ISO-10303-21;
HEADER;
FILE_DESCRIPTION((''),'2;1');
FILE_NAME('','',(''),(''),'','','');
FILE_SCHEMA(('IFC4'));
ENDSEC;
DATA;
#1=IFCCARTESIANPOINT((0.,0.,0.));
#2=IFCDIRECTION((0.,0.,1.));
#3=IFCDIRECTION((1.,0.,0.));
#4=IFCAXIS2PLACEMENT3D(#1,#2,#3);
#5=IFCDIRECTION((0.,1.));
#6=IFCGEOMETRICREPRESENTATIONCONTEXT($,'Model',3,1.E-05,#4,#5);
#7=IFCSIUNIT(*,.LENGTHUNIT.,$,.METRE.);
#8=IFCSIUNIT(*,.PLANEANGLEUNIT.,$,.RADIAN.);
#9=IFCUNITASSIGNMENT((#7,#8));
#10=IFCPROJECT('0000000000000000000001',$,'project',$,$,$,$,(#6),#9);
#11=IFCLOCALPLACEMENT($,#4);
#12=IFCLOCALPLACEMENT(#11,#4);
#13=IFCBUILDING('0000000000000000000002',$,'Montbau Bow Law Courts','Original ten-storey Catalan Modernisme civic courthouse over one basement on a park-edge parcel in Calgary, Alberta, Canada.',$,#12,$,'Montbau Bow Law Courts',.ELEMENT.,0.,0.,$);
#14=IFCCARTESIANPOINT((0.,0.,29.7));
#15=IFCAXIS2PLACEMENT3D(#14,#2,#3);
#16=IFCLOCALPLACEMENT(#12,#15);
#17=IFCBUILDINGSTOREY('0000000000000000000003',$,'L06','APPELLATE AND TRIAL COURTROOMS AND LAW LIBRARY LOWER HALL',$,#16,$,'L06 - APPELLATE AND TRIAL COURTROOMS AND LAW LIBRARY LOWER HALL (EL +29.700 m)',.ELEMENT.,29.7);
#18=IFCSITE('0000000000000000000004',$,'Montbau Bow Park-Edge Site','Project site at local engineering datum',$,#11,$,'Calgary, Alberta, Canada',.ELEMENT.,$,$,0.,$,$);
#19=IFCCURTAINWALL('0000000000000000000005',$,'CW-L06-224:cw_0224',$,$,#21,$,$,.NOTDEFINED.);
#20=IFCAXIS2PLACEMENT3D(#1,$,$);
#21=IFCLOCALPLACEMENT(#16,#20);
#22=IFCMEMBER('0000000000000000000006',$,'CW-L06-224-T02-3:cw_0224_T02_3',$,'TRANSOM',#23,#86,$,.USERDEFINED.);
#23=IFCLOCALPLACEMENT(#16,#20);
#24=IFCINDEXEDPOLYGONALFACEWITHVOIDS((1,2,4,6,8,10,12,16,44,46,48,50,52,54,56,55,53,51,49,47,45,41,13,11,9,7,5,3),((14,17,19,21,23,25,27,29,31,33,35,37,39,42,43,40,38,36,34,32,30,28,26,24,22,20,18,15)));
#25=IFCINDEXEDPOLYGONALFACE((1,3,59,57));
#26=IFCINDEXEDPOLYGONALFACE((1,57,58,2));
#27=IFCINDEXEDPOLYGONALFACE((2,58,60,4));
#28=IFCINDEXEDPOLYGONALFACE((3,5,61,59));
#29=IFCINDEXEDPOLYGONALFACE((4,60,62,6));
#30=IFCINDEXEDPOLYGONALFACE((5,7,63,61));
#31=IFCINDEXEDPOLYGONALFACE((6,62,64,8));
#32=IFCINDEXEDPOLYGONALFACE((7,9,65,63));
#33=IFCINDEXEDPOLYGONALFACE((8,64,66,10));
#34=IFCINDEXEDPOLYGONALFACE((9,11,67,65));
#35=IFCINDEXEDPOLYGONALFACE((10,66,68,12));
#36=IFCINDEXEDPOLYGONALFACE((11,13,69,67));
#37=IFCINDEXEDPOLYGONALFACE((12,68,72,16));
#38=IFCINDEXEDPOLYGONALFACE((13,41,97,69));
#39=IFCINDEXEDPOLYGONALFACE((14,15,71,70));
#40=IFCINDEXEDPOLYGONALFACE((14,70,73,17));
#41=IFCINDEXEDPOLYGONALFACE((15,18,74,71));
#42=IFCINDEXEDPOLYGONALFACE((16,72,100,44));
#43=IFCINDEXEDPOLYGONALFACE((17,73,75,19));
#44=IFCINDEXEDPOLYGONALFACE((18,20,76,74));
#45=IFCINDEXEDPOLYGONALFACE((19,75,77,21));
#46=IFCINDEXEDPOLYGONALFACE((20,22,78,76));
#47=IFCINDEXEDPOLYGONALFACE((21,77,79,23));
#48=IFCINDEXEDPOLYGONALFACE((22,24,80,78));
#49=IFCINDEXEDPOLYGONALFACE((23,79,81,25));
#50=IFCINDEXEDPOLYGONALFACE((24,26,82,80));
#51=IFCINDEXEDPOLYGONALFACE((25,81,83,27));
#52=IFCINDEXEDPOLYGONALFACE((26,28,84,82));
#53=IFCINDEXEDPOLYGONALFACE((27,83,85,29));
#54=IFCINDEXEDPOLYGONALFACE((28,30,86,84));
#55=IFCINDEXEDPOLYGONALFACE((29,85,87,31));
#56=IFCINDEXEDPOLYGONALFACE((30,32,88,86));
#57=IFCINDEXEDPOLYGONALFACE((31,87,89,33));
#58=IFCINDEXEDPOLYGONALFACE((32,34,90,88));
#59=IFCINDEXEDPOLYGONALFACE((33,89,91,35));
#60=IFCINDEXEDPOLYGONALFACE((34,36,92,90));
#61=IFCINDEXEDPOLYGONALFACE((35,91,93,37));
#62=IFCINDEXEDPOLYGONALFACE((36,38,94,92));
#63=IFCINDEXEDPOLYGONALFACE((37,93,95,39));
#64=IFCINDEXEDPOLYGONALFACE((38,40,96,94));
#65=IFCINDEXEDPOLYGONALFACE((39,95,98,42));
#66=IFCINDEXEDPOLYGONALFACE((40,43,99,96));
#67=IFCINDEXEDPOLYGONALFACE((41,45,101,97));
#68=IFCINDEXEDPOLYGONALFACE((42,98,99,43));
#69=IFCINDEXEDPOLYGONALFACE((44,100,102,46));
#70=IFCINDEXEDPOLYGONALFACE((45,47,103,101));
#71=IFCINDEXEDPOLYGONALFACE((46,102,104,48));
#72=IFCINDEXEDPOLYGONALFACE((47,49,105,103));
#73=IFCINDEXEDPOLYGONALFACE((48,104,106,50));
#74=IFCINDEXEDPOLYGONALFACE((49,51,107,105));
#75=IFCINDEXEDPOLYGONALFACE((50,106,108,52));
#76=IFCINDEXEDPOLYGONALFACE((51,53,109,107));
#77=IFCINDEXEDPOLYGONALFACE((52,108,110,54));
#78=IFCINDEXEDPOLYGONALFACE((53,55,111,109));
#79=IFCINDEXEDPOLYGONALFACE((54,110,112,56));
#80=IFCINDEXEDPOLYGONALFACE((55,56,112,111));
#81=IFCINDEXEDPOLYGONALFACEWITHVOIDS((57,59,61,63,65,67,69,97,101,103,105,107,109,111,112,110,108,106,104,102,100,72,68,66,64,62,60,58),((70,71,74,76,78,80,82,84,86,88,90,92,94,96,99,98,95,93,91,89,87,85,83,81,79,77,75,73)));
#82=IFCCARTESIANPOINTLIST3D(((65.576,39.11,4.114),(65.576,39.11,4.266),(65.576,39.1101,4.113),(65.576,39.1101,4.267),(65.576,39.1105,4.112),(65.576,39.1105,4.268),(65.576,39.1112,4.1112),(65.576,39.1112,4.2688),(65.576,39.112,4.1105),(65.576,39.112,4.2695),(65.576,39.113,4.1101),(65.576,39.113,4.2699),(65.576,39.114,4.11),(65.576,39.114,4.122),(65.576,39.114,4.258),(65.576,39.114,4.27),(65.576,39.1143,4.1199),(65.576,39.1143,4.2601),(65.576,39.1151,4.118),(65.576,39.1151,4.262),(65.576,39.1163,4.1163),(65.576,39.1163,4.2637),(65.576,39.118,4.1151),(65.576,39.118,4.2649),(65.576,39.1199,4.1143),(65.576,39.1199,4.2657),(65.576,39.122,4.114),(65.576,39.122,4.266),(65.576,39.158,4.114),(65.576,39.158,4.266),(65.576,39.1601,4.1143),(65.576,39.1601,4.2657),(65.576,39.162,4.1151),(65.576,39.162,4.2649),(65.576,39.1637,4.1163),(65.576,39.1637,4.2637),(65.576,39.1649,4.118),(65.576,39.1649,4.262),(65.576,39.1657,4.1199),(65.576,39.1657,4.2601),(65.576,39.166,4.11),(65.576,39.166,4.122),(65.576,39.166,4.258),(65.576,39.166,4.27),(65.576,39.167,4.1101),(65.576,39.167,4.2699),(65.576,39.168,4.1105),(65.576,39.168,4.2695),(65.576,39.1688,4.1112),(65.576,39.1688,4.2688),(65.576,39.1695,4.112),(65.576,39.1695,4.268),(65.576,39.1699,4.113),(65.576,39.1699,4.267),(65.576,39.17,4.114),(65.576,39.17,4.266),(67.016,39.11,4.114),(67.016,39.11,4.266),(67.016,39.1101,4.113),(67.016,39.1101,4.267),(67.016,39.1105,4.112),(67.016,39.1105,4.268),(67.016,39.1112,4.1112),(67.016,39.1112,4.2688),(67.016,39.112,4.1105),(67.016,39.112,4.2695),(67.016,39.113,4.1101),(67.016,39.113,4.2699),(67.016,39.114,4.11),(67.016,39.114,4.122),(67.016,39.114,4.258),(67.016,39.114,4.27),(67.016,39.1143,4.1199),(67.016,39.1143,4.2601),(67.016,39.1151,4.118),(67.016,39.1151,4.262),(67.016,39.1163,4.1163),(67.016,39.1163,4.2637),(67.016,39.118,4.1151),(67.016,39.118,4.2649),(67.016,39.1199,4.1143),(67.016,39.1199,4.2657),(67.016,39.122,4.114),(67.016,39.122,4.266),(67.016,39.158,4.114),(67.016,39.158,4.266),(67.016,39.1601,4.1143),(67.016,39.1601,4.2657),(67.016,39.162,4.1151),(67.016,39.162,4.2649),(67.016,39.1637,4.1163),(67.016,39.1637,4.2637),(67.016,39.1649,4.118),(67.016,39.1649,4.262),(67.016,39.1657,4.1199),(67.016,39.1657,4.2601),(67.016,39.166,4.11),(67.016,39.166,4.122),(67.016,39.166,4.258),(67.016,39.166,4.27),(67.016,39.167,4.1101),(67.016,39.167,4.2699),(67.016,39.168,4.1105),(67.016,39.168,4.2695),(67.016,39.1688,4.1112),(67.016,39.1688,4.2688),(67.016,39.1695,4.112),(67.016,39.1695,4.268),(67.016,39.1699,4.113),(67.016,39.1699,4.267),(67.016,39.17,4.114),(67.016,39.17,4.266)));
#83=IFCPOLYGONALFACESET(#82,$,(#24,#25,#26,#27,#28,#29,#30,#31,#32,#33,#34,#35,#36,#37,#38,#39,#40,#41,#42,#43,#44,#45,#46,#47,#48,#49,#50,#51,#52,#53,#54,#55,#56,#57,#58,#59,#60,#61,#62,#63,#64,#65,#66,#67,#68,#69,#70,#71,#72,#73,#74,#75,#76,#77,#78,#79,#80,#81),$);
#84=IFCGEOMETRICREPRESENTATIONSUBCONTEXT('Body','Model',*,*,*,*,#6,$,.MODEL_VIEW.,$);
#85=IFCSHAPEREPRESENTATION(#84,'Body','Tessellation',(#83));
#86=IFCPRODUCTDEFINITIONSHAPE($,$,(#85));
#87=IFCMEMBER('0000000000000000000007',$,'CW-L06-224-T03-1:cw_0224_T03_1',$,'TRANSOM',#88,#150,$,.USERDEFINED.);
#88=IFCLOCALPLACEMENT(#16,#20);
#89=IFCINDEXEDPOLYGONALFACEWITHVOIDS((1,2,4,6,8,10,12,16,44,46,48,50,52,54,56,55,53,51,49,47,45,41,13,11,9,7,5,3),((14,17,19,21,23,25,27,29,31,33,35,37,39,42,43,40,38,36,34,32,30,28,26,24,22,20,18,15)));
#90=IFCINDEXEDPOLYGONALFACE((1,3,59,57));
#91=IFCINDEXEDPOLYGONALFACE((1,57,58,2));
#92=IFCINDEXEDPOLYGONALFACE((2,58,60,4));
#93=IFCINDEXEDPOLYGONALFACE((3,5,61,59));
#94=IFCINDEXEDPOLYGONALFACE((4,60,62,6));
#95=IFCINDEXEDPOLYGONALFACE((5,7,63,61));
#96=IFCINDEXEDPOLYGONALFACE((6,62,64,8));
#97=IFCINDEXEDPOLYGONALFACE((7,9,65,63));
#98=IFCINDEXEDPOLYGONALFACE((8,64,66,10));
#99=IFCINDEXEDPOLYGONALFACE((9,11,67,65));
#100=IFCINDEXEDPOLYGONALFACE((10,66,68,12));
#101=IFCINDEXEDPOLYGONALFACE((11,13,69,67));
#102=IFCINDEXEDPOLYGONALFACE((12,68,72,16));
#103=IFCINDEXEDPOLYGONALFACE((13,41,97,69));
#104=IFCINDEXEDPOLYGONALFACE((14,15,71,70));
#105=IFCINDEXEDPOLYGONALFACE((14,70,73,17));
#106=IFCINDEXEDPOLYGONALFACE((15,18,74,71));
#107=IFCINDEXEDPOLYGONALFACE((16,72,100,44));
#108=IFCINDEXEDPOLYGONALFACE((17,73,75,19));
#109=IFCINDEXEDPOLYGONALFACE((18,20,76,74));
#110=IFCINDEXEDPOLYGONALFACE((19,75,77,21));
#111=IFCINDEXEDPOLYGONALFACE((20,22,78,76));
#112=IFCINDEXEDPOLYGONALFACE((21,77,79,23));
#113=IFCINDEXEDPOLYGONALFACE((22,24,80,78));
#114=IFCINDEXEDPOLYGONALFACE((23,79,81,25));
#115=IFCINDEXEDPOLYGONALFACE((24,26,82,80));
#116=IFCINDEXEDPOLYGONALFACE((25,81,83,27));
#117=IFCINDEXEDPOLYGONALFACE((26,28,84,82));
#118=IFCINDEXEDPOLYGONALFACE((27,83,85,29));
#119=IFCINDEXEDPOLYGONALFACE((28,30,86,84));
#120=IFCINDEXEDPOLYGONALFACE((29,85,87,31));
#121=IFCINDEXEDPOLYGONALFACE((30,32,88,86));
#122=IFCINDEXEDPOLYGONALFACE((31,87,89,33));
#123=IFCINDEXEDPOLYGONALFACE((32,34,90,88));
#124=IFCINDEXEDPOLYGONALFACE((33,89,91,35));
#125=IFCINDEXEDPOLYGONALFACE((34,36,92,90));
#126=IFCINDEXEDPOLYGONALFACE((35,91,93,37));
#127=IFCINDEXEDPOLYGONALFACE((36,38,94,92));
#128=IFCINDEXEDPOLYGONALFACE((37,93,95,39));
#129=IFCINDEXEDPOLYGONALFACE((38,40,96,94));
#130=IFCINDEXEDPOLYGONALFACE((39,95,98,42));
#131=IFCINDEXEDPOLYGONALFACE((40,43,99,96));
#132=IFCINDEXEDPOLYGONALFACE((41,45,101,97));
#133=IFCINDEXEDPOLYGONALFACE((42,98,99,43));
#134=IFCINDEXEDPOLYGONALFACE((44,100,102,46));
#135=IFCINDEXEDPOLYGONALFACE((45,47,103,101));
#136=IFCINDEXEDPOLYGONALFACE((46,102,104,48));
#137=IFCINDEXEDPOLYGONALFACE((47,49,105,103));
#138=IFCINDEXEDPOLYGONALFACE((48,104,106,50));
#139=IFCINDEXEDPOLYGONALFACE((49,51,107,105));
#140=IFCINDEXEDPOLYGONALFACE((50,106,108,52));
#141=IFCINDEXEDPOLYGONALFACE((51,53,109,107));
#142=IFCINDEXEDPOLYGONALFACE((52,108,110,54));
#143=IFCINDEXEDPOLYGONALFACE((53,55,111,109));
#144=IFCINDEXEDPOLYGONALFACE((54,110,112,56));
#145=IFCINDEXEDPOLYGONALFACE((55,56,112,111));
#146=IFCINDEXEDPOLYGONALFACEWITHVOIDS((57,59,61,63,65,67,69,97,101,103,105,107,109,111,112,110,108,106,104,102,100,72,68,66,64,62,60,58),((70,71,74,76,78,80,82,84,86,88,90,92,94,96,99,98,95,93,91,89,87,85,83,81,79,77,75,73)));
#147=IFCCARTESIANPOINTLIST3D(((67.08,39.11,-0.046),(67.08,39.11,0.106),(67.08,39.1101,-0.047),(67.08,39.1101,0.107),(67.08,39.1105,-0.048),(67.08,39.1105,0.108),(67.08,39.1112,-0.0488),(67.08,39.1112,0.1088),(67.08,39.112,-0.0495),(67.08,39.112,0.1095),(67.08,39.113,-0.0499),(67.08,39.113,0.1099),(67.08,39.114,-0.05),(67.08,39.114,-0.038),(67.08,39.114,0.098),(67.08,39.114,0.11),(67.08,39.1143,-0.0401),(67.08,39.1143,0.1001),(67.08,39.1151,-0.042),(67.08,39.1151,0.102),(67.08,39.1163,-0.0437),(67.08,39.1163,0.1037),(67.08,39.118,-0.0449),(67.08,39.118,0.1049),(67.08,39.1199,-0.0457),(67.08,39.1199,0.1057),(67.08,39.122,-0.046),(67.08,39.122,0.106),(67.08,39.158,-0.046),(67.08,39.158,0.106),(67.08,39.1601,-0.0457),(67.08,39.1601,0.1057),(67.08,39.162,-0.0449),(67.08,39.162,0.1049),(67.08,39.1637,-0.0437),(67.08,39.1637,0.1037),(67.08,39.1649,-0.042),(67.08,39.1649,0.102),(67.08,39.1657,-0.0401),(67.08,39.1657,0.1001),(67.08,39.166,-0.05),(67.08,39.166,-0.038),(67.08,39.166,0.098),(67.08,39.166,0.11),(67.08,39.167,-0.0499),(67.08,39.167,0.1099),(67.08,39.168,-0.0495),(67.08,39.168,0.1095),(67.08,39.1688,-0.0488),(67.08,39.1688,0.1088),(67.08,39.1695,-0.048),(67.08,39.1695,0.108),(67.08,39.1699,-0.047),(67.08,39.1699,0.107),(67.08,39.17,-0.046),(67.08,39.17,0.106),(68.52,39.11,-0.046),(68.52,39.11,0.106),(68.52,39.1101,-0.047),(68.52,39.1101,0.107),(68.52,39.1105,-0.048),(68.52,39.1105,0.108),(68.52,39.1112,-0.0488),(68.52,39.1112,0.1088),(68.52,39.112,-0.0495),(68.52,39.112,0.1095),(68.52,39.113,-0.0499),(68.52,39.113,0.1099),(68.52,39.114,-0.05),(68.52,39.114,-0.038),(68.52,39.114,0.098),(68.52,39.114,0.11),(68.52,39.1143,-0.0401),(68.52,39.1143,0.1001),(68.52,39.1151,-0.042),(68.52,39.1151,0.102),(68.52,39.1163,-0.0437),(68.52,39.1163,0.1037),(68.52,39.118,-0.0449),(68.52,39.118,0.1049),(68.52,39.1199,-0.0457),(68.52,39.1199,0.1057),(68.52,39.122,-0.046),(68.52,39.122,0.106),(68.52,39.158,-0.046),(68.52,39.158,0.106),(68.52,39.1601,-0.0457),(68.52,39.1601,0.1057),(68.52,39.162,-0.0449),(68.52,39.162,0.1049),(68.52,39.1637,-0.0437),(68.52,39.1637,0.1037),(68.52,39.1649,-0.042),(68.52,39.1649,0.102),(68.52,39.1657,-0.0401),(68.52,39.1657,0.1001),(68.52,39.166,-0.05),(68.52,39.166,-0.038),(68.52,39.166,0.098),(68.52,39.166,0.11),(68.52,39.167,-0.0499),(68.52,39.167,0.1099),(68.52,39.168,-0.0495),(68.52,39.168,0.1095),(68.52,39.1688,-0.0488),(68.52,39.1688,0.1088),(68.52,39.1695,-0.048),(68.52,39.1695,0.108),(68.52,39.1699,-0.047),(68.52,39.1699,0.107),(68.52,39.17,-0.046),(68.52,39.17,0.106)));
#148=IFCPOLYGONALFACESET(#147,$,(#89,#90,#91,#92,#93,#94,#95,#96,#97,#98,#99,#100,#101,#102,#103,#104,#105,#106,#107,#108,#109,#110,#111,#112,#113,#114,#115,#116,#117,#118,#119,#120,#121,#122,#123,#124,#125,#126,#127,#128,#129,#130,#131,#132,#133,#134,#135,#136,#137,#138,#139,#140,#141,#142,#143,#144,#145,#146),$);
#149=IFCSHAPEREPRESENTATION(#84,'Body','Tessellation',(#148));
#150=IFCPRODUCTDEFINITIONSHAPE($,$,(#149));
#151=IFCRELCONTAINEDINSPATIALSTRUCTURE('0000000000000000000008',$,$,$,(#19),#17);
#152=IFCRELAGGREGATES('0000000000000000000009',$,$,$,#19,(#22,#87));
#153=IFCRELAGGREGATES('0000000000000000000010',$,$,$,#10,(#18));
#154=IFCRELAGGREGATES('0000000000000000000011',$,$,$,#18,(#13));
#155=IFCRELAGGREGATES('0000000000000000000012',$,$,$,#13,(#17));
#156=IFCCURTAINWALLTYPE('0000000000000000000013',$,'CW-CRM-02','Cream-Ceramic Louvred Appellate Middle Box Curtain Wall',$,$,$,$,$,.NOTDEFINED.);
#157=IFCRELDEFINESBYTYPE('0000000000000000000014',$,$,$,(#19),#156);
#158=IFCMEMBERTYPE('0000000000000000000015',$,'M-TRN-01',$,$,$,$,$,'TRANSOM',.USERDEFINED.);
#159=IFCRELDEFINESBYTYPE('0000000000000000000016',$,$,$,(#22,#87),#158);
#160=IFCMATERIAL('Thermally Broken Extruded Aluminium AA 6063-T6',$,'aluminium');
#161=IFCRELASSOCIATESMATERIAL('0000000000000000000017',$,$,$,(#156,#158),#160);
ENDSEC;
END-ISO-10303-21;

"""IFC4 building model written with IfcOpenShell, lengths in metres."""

from ifc_helpers import new_model, si_unit, direction, frame, origin_with_axes, origin_2d_with_axis, place, context, subcontext, project, spatial, hollow_rectangle, extrude, material, material_profile, profile_set, type_object, element, aggregate, save


model = new_model("IFC4")

# Units and contexts
model_context = context("Model", 3, precision=1e-05, world=origin_with_axes(), true_north=direction((0.0, 1.0)))
body_context = subcontext(model_context, "Body", "Model", "MODEL_VIEW")
ifc_project = project(units=[si_unit("LENGTHUNIT", "METRE"), si_unit("PLANEANGLEUNIT", "RADIAN")], contexts=[model_context])

# Site, building, storey
site_placement = place(None, origin_with_axes())
site = spatial("IfcSite", under=ifc_project, at=site_placement, Name="Montbau Bow Park-Edge Site", Description="Project site at local engineering datum", LongName="Calgary, Alberta, Canada", CompositionType="ELEMENT", RefElevation=0.0)
building_placement = place(site_placement, origin_with_axes())
building = spatial("IfcBuilding", under=site, at=building_placement, Name="Montbau Bow Law Courts", Description="Original ten-storey Catalan Modernisme civic courthouse over one basement on a park-edge parcel in Calgary, Alberta, Canada.", LongName="Montbau Bow Law Courts", CompositionType="ELEMENT", ElevationOfRefHeight=0.0, ElevationOfTerrain=0.0)
storey_placement = place(building_placement, frame((0.0, 0.0, 29.7), z_axis=(0.0, 0.0, 1.0), x_axis=(1.0, 0.0, 0.0)))
storey = spatial("IfcBuildingStorey", under=building, at=storey_placement, Name="L06", Description="APPELLATE AND TRIAL COURTROOMS AND LAW LIBRARY LOWER HALL", LongName="L06 - APPELLATE AND TRIAL COURTROOMS AND LAW LIBRARY LOWER HALL (EL +29.700 m)", CompositionType="ELEMENT", Elevation=29.7)

# Curtain wall, members
ifc_material_1 = material(Name="Thermally Broken Extruded Aluminium AA 6063-T6", Category="aluminium")
curtain_wall_type = type_object("IfcCurtainWallType", Name="CW-CRM-02", Description="Cream-Ceramic Louvred Appellate Middle Box Curtain Wall", PredefinedType="NOTDEFINED", material=ifc_material_1)
curtain_wall_placement = place(None, frame((64.04, 39.14, 29.7), z_axis=(0.0, 0.0, 1.0), x_axis=(1.0, 0.0, 0.0)))
curtain_wall = element("IfcCurtainWall", 1, at=curtain_wall_placement, inside=storey, type_object=curtain_wall_type, Name="CW-L06-224:cw_0224", PredefinedType="NOTDEFINED")
ifc_material_profile_1 = material_profile(ifc_material_1, hollow_rectangle(XDim=0.06, YDim=0.16, WallThickness=0.004, InnerFilletRadius=0.008, OuterFilletRadius=0.004, at=origin_2d_with_axis()), Name="CWT-160X60", Category="Main", Priority=0)
ifc_profile_set_1 = profile_set([ifc_material_profile_1], Name="Thermally Broken Extruded Aluminium AA 6063-T6")
member_type_1 = type_object("IfcMemberType", Name="M-TRN-01", ElementType="TRANSOM", PredefinedType="USERDEFINED", material=ifc_profile_set_1)
member_1_placement = place(None, frame((65.576, 39.14, 33.89), z_axis=(1.0, 0.0, 0.0), x_axis=(0.0, 1.0, 0.0)))
member_1 = element("IfcMember", 2, at=member_1_placement, type_object=member_type_1, Name="CW-L06-224-T02-3:cw_0224_T02_3", ObjectType="TRANSOM", PredefinedType="USERDEFINED", context=body_context, shape_type="SweptSolid", body=[
    extrude(hollow_rectangle(XDim=0.06, YDim=0.16, WallThickness=0.004, InnerFilletRadius=0.008, OuterFilletRadius=0.004, at=origin_2d_with_axis()), origin_with_axes(), (0.0, 0.0, 1.0), 1.44),
])
member_2_placement = place(None, frame((67.08, 39.14, 29.73), z_axis=(1.0, 0.0, 0.0), x_axis=(0.0, 1.0, 0.0)))
member_2 = element("IfcMember", 3, at=member_2_placement, type_object=member_type_1, Name="CW-L06-224-T03-1:cw_0224_T03_1", ObjectType="TRANSOM", PredefinedType="USERDEFINED", context=body_context, shape_type="SweptSolid", body=[
    extrude(hollow_rectangle(XDim=0.06, YDim=0.16, WallThickness=0.004, InnerFilletRadius=0.008, OuterFilletRadius=0.004, at=origin_2d_with_axis()), origin_with_axes(), (0.0, 0.0, 1.0), 1.44),
])
aggregate(curtain_wall, [member_1, member_2])

save(model, "model.ifc")
